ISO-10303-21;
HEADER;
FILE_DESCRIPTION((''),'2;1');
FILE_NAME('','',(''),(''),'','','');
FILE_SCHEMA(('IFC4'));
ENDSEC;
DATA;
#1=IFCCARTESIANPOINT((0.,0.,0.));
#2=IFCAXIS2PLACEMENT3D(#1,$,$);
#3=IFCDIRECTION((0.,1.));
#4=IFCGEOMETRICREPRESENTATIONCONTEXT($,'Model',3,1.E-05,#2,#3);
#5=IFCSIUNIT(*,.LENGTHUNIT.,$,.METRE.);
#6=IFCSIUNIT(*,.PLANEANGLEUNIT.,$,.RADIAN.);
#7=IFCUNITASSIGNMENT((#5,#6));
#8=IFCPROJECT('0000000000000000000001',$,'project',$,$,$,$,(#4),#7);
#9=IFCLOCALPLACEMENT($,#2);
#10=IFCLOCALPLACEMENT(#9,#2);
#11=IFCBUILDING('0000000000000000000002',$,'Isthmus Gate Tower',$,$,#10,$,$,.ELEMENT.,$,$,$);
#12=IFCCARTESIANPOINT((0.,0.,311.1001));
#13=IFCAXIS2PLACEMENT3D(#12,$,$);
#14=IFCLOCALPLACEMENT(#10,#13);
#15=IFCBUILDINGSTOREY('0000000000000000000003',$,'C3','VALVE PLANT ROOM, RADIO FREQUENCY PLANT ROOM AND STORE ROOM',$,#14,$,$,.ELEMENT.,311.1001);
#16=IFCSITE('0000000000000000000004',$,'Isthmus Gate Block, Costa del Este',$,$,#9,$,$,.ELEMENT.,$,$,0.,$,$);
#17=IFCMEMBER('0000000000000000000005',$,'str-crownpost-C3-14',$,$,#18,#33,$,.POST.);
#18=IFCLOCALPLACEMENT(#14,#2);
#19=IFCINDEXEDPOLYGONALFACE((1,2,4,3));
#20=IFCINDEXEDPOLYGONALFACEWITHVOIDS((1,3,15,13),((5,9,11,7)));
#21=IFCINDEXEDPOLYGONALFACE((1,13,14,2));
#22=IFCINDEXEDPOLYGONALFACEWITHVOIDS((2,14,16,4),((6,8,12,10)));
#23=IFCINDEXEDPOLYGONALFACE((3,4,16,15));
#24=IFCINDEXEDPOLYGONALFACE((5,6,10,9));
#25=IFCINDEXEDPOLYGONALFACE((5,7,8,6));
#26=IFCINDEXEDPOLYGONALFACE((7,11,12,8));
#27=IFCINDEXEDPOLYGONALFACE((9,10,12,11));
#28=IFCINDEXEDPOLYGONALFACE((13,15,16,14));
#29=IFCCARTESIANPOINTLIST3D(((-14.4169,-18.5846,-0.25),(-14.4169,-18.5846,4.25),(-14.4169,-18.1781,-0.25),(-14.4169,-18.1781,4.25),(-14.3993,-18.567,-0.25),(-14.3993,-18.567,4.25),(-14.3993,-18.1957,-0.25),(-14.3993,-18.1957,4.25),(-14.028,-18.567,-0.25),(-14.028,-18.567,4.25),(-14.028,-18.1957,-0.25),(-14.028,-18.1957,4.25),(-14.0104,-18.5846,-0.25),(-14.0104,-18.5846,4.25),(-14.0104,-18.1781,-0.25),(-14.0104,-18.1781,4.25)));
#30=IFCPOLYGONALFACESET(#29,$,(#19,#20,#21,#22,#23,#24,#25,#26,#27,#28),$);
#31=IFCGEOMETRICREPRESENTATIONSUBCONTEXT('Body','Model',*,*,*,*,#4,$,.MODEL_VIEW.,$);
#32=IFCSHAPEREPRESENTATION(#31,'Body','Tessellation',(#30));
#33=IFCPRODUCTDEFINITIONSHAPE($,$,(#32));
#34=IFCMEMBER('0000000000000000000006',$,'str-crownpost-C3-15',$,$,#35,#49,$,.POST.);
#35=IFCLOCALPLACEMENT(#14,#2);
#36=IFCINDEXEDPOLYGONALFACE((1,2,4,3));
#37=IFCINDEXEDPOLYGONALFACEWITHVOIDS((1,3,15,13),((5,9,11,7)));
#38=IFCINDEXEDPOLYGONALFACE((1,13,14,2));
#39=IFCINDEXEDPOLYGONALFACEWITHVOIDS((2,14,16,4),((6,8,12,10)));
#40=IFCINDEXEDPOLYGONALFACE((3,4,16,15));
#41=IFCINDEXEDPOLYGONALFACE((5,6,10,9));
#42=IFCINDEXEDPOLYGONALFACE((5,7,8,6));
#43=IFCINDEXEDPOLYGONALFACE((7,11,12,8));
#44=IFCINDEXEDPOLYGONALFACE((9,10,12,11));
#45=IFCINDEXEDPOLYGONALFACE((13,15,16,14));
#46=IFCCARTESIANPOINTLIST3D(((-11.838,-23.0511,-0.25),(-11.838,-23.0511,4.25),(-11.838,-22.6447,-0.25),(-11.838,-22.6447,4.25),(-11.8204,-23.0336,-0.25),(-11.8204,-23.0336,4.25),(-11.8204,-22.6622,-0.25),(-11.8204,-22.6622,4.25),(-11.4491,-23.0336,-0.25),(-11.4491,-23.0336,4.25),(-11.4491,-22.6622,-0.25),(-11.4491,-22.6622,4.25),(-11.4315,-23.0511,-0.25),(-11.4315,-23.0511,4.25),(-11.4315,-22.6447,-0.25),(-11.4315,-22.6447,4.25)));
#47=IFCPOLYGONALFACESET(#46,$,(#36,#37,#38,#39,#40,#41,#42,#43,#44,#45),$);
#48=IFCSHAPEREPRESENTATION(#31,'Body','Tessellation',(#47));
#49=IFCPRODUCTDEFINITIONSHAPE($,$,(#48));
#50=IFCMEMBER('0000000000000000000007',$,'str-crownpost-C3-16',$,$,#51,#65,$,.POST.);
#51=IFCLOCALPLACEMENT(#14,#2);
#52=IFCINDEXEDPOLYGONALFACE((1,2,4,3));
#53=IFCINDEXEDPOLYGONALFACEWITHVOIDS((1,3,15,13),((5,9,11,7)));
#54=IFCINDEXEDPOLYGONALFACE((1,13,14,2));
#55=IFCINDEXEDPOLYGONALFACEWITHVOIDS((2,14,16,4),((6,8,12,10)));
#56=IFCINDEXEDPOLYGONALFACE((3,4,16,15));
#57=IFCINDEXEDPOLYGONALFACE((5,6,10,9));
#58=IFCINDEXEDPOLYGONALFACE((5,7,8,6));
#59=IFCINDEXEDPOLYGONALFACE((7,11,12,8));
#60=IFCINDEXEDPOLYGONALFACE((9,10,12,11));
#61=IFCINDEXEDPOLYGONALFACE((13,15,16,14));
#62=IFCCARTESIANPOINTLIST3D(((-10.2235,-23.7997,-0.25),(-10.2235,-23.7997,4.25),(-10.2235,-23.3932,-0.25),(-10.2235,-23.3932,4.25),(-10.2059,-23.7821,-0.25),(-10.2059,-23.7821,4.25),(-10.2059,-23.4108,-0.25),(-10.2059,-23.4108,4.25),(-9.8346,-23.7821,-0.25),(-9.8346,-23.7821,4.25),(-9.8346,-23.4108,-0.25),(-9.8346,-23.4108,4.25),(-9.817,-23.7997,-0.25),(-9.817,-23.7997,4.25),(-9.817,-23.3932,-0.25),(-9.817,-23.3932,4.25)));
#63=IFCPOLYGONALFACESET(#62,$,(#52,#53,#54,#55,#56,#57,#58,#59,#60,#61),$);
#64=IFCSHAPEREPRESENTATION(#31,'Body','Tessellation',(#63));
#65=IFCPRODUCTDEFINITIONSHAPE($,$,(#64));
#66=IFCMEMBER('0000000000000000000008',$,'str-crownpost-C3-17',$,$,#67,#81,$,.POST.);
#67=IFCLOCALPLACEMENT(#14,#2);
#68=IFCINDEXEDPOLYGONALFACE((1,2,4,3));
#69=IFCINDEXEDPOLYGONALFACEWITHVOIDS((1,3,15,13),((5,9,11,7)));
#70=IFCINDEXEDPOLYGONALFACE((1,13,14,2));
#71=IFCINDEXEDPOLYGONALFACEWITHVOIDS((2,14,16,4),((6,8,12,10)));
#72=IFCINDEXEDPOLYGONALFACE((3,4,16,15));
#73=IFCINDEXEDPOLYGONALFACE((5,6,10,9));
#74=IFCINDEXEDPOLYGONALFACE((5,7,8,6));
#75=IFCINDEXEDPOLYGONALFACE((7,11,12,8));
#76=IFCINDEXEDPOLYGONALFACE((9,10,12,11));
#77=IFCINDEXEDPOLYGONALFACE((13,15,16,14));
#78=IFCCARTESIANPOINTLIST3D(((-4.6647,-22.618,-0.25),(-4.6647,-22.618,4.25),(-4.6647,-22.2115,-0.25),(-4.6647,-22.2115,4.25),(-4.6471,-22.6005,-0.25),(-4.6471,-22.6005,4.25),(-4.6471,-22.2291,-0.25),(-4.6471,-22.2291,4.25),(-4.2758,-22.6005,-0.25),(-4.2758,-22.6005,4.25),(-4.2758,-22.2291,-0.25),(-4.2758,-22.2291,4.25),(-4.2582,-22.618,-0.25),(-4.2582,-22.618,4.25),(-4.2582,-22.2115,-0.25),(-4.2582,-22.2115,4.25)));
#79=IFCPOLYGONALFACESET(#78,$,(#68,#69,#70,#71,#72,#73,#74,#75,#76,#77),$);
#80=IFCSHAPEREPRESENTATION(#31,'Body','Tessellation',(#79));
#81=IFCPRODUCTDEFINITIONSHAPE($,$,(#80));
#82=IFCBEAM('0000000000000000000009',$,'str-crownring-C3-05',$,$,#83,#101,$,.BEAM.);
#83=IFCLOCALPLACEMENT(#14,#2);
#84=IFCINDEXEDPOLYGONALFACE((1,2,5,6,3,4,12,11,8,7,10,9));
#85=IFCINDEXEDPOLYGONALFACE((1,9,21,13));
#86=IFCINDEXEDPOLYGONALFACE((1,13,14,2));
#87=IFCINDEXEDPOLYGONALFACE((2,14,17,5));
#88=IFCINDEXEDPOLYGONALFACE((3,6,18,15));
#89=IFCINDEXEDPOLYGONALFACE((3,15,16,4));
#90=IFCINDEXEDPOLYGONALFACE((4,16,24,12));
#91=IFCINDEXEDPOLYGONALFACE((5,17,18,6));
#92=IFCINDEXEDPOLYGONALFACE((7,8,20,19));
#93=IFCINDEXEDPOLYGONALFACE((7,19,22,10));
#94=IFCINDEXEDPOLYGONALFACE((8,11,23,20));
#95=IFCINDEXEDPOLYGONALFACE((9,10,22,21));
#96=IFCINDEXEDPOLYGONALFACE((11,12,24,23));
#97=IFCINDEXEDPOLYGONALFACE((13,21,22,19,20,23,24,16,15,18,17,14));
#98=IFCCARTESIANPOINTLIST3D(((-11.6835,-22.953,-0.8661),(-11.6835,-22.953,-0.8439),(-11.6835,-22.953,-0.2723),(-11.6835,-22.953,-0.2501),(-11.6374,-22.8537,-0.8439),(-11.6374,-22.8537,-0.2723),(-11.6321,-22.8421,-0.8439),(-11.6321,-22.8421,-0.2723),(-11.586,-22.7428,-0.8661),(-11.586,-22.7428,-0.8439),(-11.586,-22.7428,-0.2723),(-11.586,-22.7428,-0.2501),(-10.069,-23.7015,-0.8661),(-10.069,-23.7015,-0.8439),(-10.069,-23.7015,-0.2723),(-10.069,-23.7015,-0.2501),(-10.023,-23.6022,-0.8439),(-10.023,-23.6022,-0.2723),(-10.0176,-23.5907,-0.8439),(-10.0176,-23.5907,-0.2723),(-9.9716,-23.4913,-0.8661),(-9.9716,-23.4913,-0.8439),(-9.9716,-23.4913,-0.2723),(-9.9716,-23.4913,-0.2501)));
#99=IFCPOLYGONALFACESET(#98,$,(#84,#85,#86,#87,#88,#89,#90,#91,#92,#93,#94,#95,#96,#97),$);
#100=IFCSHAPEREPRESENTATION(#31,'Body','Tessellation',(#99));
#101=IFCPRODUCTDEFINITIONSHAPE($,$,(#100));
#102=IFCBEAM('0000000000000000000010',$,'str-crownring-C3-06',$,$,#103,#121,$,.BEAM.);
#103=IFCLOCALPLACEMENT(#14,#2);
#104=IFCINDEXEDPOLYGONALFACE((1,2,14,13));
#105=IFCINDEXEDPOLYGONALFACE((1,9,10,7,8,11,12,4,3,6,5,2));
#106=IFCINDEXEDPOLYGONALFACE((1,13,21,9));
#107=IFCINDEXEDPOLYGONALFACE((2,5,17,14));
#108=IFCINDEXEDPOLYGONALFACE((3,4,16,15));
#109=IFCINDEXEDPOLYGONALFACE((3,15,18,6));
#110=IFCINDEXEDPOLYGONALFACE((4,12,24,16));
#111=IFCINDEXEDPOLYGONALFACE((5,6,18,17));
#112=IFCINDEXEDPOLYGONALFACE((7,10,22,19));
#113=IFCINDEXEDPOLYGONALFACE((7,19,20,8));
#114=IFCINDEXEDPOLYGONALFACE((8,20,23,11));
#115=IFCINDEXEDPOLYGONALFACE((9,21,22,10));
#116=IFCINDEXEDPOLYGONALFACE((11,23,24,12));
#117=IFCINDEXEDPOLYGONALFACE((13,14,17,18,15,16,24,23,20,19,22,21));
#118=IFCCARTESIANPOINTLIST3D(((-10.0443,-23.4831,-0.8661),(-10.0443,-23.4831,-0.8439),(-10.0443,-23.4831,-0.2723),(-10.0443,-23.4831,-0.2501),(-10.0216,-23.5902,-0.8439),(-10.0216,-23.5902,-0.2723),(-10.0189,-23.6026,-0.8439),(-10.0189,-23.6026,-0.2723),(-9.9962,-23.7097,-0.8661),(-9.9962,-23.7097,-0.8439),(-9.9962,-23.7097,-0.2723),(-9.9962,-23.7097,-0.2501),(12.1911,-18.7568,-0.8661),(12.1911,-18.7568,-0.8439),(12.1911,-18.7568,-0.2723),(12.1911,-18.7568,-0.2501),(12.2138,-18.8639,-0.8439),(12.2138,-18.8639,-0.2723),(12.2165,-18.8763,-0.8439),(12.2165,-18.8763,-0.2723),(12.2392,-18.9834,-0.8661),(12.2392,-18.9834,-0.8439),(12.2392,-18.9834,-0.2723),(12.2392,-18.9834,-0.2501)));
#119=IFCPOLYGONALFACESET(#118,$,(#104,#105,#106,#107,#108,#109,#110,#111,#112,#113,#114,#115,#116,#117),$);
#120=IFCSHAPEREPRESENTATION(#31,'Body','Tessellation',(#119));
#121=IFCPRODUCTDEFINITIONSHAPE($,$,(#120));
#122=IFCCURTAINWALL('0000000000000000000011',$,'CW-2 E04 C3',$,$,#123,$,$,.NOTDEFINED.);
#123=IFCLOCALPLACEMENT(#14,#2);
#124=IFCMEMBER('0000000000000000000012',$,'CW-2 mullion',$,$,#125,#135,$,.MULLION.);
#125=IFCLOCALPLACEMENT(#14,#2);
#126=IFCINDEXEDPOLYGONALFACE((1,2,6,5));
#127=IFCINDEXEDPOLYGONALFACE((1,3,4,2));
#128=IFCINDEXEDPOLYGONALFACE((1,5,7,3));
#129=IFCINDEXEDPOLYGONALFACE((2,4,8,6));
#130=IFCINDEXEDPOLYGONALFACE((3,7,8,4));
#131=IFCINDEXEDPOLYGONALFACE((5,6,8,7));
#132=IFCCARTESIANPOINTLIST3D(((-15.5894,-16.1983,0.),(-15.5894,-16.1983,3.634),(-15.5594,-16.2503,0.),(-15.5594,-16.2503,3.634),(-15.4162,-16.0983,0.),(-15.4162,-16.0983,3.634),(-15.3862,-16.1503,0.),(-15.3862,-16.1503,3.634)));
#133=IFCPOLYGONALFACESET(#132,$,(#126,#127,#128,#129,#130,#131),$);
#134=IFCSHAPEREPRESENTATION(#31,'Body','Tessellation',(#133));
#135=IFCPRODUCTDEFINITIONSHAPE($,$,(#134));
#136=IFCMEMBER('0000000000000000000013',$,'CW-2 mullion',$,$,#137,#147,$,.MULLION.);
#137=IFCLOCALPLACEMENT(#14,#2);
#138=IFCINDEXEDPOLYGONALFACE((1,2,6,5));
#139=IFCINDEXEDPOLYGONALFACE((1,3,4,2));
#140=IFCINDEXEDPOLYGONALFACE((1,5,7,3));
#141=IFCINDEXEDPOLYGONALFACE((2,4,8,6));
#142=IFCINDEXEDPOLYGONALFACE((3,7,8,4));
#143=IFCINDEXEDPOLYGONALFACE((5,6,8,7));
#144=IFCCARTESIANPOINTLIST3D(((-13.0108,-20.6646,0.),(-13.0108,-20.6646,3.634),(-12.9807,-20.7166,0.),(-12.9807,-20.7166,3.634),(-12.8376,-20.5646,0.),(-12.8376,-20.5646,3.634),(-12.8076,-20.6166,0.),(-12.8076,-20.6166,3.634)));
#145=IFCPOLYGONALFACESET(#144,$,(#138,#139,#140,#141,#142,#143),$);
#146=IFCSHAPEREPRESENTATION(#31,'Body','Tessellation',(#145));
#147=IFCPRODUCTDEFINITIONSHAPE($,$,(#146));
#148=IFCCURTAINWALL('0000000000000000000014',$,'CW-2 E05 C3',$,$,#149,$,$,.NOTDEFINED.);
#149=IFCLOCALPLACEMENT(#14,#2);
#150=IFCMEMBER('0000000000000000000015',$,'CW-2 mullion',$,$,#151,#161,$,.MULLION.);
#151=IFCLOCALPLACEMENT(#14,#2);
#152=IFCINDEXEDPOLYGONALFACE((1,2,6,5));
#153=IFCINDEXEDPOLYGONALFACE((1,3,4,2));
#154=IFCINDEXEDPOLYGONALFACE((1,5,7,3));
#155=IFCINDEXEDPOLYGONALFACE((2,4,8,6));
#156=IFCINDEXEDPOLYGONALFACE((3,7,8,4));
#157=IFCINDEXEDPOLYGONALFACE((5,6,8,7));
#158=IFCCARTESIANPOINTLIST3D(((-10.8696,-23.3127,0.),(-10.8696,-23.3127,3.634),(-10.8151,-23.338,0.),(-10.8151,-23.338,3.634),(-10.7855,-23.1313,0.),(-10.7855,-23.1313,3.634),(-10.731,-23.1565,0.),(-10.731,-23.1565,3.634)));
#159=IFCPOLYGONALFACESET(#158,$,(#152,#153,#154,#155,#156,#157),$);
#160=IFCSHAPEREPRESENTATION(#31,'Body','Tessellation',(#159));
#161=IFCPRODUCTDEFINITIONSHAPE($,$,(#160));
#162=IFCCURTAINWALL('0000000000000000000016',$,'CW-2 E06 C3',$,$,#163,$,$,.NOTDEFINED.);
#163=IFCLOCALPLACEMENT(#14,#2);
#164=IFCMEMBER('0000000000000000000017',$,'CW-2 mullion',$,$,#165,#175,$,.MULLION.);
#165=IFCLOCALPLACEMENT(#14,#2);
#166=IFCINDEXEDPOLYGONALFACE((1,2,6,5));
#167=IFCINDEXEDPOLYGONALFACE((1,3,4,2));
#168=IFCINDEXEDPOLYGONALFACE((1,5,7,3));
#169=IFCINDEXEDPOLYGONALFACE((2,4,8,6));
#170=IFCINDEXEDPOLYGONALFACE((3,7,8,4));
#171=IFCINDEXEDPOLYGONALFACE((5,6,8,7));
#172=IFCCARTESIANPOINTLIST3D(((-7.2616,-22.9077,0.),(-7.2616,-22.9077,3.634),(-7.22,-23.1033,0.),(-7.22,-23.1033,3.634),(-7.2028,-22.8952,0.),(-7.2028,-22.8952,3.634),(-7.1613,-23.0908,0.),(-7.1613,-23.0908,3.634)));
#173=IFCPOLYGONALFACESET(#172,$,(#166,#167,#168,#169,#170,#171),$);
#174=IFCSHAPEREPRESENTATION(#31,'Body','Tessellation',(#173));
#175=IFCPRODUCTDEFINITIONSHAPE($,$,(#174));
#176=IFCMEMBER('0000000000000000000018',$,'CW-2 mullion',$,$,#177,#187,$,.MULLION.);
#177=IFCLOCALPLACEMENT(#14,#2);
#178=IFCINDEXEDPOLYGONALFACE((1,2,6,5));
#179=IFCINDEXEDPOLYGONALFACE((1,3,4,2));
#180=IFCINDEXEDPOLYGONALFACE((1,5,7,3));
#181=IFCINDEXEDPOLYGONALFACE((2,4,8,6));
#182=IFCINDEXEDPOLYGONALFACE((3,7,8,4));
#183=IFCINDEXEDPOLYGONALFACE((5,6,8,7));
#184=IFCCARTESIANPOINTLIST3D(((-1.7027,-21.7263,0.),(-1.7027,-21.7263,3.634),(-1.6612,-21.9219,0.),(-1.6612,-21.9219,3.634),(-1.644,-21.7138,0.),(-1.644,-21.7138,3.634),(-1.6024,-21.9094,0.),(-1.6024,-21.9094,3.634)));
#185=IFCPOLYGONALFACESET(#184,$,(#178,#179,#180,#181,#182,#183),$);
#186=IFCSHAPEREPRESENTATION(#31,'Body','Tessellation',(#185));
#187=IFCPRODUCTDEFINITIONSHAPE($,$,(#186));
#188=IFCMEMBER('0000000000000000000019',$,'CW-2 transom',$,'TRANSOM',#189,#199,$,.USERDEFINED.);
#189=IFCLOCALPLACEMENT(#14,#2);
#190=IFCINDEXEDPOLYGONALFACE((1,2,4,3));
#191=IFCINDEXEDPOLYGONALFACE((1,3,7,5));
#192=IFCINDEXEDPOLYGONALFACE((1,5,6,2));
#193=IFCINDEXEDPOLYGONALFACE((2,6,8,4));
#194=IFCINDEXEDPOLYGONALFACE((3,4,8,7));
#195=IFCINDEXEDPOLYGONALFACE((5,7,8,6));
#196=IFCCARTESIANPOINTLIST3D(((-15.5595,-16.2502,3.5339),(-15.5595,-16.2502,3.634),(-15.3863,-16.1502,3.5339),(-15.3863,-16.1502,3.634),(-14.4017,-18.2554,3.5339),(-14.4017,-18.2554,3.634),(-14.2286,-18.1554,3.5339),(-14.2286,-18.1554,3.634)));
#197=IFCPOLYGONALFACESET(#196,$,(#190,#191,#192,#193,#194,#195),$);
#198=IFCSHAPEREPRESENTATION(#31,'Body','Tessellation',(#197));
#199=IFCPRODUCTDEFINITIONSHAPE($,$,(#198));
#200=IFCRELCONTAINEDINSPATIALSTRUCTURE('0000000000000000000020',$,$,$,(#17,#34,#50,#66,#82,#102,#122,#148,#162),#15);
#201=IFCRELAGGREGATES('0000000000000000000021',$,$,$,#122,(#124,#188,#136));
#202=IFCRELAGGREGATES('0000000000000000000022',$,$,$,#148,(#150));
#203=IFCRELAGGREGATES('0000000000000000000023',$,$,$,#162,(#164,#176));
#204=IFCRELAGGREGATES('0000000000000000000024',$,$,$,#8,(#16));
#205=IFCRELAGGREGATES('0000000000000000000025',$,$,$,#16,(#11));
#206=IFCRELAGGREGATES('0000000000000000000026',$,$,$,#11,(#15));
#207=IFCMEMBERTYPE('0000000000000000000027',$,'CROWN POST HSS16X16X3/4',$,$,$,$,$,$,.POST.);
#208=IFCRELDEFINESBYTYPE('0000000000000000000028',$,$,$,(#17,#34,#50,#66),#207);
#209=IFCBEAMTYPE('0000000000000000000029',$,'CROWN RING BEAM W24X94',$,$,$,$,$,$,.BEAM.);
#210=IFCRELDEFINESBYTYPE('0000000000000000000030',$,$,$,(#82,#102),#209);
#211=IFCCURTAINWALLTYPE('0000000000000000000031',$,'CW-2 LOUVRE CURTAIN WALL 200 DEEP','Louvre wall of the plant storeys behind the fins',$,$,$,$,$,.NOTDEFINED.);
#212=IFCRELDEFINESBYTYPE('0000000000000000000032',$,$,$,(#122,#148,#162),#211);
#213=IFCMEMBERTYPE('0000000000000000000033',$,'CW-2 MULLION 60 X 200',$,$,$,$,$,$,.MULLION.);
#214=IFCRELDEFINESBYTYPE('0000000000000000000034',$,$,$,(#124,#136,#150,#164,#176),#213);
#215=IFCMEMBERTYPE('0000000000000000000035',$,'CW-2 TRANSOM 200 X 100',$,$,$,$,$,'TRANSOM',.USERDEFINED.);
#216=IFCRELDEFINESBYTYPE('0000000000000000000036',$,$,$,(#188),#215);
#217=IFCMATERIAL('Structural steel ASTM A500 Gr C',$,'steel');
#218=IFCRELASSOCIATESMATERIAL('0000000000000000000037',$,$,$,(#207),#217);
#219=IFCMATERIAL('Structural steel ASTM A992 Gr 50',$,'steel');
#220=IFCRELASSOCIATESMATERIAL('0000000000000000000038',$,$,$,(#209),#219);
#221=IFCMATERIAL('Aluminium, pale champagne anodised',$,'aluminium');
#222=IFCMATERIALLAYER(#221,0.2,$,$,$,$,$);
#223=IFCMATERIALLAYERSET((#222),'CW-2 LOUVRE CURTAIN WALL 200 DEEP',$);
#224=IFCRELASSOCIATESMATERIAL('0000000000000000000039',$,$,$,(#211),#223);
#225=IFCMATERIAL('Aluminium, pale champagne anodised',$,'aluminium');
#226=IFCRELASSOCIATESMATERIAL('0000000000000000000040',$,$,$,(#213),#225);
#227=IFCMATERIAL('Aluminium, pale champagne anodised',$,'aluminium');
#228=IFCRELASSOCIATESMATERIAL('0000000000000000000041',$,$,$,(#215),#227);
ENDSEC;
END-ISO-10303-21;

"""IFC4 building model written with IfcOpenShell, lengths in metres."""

from ifc_helpers import new_model, si_unit, direction, frame, origin, origin_2d, place, context, subcontext, project, spatial, rectangle, hollow_rectangle, i_section, extrude, material, layer, layer_set, material_profile, profile_set, type_object, element, aggregate, save


model = new_model("IFC4")

# Units and contexts
model_context = context("Model", 3, precision=1e-05, world=origin(), true_north=direction((0.0, 1.0)))
body_context = subcontext(model_context, "Body", "Model", "MODEL_VIEW")
ifc_project = project(units=[si_unit("LENGTHUNIT", "METRE"), si_unit("PLANEANGLEUNIT", "RADIAN")], contexts=[model_context])

# Site, building, storey
site_placement = place(None, origin())
site = spatial("IfcSite", under=ifc_project, at=site_placement, Name="Isthmus Gate Block, Costa del Este", CompositionType="ELEMENT", RefElevation=0.0)
building_placement = place(site_placement, origin())
building = spatial("IfcBuilding", under=site, at=building_placement, Name="Isthmus Gate Tower", CompositionType="ELEMENT")
storey_placement = place(building_placement, frame((0.0, 0.0, 311.1001)))
storey = spatial("IfcBuildingStorey", under=building, at=storey_placement, Name="C3", Description="VALVE PLANT ROOM, RADIO FREQUENCY PLANT ROOM AND STORE ROOM", CompositionType="ELEMENT", Elevation=311.1001)

# Members
ifc_material_1 = material(Name="Structural steel ASTM A500 Gr C", Category="steel")
ifc_material_profile_1 = material_profile(ifc_material_1, hollow_rectangle(XDim=0.4065, YDim=0.4065, WallThickness=0.0176, at=origin_2d()), Name="HSS16X16X3/4")
ifc_profile_set_1 = profile_set([ifc_material_profile_1], Name="Structural steel ASTM A500 Gr C")
member_type_1 = type_object("IfcMemberType", Name="CROWN POST HSS16X16X3/4", PredefinedType="POST", material=ifc_profile_set_1)
for number, where, z_axis, x_axis, name in (
    (1, (-14.2136, -18.3813, -0.25), (0.0, 0.0, 1.0), (1.0, 0.0, 0.0), "str-crownpost-C3-14"),
    (2, (-11.6348, -22.8479, -0.25), (0.0, 0.0, 1.0), (1.0, 0.0, 0.0), "str-crownpost-C3-15"),
    (3, (-10.0203, -23.5964, -0.25), (0.0, 0.0, 1.0), (1.0, 0.0, 0.0), "str-crownpost-C3-16"),
    (4, (-4.4614, -22.4148, -0.25), (0.0, 0.0, 1.0), (1.0, 0.0, 0.0), "str-crownpost-C3-17"),
):
    element("IfcMember", number, at=place(storey_placement, frame(where, z_axis=z_axis, x_axis=x_axis)), inside=storey, type_object=member_type_1, Name=name, PredefinedType="POST", context=body_context, shape_type="SweptSolid", body=[
        extrude(hollow_rectangle(XDim=0.4065, YDim=0.4065, WallThickness=0.0176, at=origin_2d()), origin(), (0.0, 0.0, 1.0), 4.5),
    ])

# Beams
ifc_material_2 = material(Name="Structural steel ASTM A992 Gr 50", Category="steel")
ifc_material_profile_2 = material_profile(ifc_material_2, i_section(OverallWidth=0.2317, OverallDepth=0.616, WebThickness=0.0127, FlangeThickness=0.0222, at=origin_2d()), Name="W24X94")
ifc_profile_set_2 = profile_set([ifc_material_profile_2], Name="Structural steel ASTM A992 Gr 50")
beam_type_1 = type_object("IfcBeamType", Name="CROWN RING BEAM W24X94", PredefinedType="BEAM", material=ifc_profile_set_2)
beam_1_placement = place(storey_placement, frame((-11.6348, -22.8479, -0.5581), z_axis=(0.907235, -0.420624, 0.0), x_axis=(0.420624, 0.907235, 0.0)))
element("IfcBeam", 5, at=beam_1_placement, inside=storey, type_object=beam_type_1, Name="str-crownring-C3-05", PredefinedType="BEAM", context=body_context, shape_type="SweptSolid", body=[
    extrude(i_section(OverallWidth=0.2317, OverallDepth=0.616, WebThickness=0.0127, FlangeThickness=0.0222, at=origin_2d()), origin(), (0.0, 0.0, 1.0), 1.7795),
])
beam_2_placement = place(storey_placement, frame((-10.0203, -23.5964, -0.5581), z_axis=(0.978147, 0.207914, 0.0), x_axis=(-0.207914, 0.978147, 0.0)))
element("IfcBeam", 6, at=beam_2_placement, inside=storey, type_object=beam_type_1, Name="str-crownring-C3-06", PredefinedType="BEAM", context=body_context, shape_type="SweptSolid", body=[
    extrude(i_section(OverallWidth=0.2317, OverallDepth=0.616, WebThickness=0.0127, FlangeThickness=0.0222, at=origin_2d()), origin(), (0.0, 0.0, 1.0), 22.7322),
])

# Curtain wall, members
ifc_material_3 = material(Name="Aluminium, pale champagne anodised", Category="aluminium")
ifc_layer_1 = layer(ifc_material_3, 0.2)
ifc_layer_set_1 = layer_set([ifc_layer_1], Name="CW-2 LOUVRE CURTAIN WALL 200 DEEP")
curtain_wall_type_1 = type_object("IfcCurtainWallType", Name="CW-2 LOUVRE CURTAIN WALL 200 DEEP", Description="Louvre wall of the plant storeys behind the fins", PredefinedType="NOTDEFINED", material=ifc_layer_set_1)
curtain_wall_1_placement = place(storey_placement, origin())
curtain_wall_1 = element("IfcCurtainWall", 7, at=curtain_wall_1_placement, inside=storey, type_object=curtain_wall_type_1, Name="CW-2 E04 C3", PredefinedType="NOTDEFINED")
ifc_material_4 = material(Name="Aluminium, pale champagne anodised", Category="aluminium")
ifc_material_profile_3 = material_profile(ifc_material_4, rectangle(XDim=0.0601, YDim=0.2, at=origin_2d()), Name="60x200")
ifc_profile_set_3 = profile_set([ifc_material_profile_3], Name="Aluminium, pale champagne anodised")
member_type_2 = type_object("IfcMemberType", Name="CW-2 MULLION 60 X 200", PredefinedType="MULLION", material=ifc_profile_set_3)
member_1_placement = place(storey_placement, frame((-15.4878, -16.1743, 0.0), z_axis=(0.0, 0.0, 1.0), x_axis=(0.5, -0.866025, 0.0)))
member_1 = element("IfcMember", 8, at=member_1_placement, type_object=member_type_2, Name="CW-2 mullion", PredefinedType="MULLION", context=body_context, shape_type="SweptSolid", body=[
    extrude(rectangle(XDim=0.0601, YDim=0.2, at=origin_2d()), origin(), (0.0, 0.0, 1.0), 3.634),
])
member_2_placement = place(storey_placement, frame((-12.9092, -20.6406, 0.0), z_axis=(0.0, 0.0, 1.0), x_axis=(0.5, -0.866025, 0.0)))
member_2 = element("IfcMember", 9, at=member_2_placement, type_object=member_type_2, Name="CW-2 mullion", PredefinedType="MULLION", context=body_context, shape_type="SweptSolid", body=[
    extrude(rectangle(XDim=0.0601, YDim=0.2, at=origin_2d()), origin(), (0.0, 0.0, 1.0), 3.634),
])

# Curtain wall, member
curtain_wall_2_placement = place(storey_placement, origin())
curtain_wall_2 = element("IfcCurtainWall", 10, at=curtain_wall_2_placement, inside=storey, type_object=curtain_wall_type_1, Name="CW-2 E05 C3", PredefinedType="NOTDEFINED")
member_3_placement = place(storey_placement, frame((-10.8003, -23.2346, 0.0), z_axis=(0.0, 0.0, 1.0), x_axis=(0.907256, -0.420578, 0.0)))
member_3 = element("IfcMember", 11, at=member_3_placement, type_object=member_type_2, Name="CW-2 mullion", PredefinedType="MULLION", context=body_context, shape_type="SweptSolid", body=[
    extrude(rectangle(XDim=0.0601, YDim=0.2, at=origin_2d()), origin(), (0.0, 0.0, 1.0), 3.634),
])

# Curtain wall, members
curtain_wall_3_placement = place(storey_placement, origin())
curtain_wall_3 = element("IfcCurtainWall", 12, at=curtain_wall_3_placement, inside=storey, type_object=curtain_wall_type_1, Name="CW-2 E06 C3", PredefinedType="NOTDEFINED")
member_4_placement = place(storey_placement, frame((-7.2114, -22.9993, 0.0), z_axis=(0.0, 0.0, 1.0), x_axis=(0.978148, 0.207912, 0.0)))
member_4 = element("IfcMember", 13, at=member_4_placement, type_object=member_type_2, Name="CW-2 mullion", PredefinedType="MULLION", context=body_context, shape_type="SweptSolid", body=[
    extrude(rectangle(XDim=0.0601, YDim=0.2, at=origin_2d()), origin(), (0.0, 0.0, 1.0), 3.634),
])
member_5_placement = place(storey_placement, frame((-1.6526, -21.8179, 0.0), z_axis=(0.0, 0.0, 1.0), x_axis=(0.978148, 0.207912, 0.0)))
member_5 = element("IfcMember", 14, at=member_5_placement, type_object=member_type_2, Name="CW-2 mullion", PredefinedType="MULLION", context=body_context, shape_type="SweptSolid", body=[
    extrude(rectangle(XDim=0.0601, YDim=0.2, at=origin_2d()), origin(), (0.0, 0.0, 1.0), 3.634),
])

# Member
ifc_material_5 = material(Name="Aluminium, pale champagne anodised", Category="aluminium")
ifc_material_profile_4 = material_profile(ifc_material_5, rectangle(XDim=0.2, YDim=0.1001, at=origin_2d()), Name="200x100")
ifc_profile_set_4 = profile_set([ifc_material_profile_4], Name="Aluminium, pale champagne anodised")
member_type_3 = type_object("IfcMemberType", Name="CW-2 TRANSOM 200 X 100", ElementType="TRANSOM", PredefinedType="USERDEFINED", material=ifc_profile_set_4)
member_6_placement = place(storey_placement, frame((-15.4729, -16.2002, 3.584), z_axis=(0.500018, -0.866015, 0.0), x_axis=(0.866015, 0.500018, 0.0)))
member_6 = element("IfcMember", 15, at=member_6_placement, type_object=member_type_3, Name="CW-2 transom", ObjectType="TRANSOM", PredefinedType="USERDEFINED", context=body_context, shape_type="SweptSolid", body=[
    extrude(rectangle(XDim=0.2, YDim=0.1001, at=origin_2d()), origin(), (0.0, 0.0, 1.0), 2.3154),
])

aggregate(curtain_wall_1, [member_1, member_6, member_2])
aggregate(curtain_wall_2, [member_3])
aggregate(curtain_wall_3, [member_4, member_5])

save(model, "model.ifc")
